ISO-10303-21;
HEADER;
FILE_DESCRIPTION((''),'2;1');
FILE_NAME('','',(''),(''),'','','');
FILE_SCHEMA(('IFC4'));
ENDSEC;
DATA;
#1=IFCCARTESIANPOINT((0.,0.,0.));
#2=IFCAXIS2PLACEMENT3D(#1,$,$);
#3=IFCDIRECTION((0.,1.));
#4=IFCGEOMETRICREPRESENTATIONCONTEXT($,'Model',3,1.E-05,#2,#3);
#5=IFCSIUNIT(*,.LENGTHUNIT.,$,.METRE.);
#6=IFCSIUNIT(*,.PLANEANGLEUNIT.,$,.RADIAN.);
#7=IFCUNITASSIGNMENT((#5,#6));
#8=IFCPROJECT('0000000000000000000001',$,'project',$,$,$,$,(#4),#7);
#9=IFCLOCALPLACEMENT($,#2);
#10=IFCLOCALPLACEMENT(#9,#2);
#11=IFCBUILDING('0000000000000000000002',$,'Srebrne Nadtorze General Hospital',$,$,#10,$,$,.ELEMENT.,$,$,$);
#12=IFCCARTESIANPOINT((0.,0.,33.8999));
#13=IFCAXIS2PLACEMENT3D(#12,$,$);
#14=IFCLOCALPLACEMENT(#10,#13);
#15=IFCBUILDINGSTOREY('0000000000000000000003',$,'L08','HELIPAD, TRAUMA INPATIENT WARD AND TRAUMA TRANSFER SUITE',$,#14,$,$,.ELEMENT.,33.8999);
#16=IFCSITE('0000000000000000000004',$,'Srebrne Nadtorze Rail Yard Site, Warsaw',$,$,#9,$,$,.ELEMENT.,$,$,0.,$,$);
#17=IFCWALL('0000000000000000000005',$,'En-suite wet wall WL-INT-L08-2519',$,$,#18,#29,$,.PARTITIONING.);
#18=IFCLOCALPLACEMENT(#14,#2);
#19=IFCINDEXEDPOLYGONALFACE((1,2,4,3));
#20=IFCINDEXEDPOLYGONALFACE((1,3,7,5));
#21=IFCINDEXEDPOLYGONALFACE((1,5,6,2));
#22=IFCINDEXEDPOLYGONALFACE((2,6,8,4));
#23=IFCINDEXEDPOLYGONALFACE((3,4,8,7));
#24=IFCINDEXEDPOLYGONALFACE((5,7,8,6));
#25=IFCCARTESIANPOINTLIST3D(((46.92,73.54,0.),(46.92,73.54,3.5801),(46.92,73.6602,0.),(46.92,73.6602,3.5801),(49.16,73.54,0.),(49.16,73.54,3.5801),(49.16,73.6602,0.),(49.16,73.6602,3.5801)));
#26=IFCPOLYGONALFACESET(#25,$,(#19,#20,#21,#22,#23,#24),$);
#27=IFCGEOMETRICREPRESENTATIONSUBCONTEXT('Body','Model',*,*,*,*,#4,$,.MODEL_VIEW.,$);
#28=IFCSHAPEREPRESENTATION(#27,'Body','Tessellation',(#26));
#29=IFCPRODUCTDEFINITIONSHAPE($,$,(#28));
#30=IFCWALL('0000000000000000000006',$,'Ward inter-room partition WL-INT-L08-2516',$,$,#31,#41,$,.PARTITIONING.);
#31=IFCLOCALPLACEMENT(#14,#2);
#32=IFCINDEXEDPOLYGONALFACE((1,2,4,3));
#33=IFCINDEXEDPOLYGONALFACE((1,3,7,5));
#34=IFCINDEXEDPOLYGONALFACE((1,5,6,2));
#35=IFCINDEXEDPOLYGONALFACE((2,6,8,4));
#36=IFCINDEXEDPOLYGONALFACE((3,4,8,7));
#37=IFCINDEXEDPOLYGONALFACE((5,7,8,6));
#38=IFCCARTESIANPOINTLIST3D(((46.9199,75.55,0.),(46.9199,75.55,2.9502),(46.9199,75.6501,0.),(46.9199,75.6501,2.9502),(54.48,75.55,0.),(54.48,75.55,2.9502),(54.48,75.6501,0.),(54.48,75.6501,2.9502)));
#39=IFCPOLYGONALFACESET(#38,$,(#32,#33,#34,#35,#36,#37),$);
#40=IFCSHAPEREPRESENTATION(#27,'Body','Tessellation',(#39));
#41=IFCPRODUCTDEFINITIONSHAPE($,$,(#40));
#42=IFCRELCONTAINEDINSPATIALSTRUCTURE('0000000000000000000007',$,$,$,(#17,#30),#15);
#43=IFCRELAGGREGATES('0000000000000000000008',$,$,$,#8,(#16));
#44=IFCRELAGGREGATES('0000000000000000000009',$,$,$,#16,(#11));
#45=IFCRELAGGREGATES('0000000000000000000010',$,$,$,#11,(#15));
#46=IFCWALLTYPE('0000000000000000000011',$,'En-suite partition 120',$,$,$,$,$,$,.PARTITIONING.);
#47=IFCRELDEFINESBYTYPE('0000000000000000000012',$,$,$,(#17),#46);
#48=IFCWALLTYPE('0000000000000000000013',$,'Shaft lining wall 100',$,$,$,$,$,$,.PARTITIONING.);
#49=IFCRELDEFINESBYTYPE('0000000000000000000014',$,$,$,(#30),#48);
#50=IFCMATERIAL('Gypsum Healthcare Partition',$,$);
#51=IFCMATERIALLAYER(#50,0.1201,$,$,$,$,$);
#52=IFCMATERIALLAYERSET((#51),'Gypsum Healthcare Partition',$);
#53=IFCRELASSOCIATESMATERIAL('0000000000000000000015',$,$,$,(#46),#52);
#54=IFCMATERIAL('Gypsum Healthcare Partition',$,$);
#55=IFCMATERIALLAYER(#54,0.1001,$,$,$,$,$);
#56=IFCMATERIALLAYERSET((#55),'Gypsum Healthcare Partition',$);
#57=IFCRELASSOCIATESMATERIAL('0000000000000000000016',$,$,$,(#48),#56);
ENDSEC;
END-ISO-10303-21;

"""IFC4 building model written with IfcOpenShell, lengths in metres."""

from ifc_helpers import new_model, si_unit, direction, frame, frame_2d, origin, place, context, subcontext, project, spatial, rectangle, extrude, material, layer, layer_set, type_object, element, save


model = new_model("IFC4")

# Units and contexts
model_context = context("Model", 3, precision=1e-05, world=origin(), true_north=direction((0.0, 1.0)))
body_context = subcontext(model_context, "Body", "Model", "MODEL_VIEW")
ifc_project = project(units=[si_unit("LENGTHUNIT", "METRE"), si_unit("PLANEANGLEUNIT", "RADIAN")], contexts=[model_context])

# Site, building, storey
site_placement = place(None, origin())
site = spatial("IfcSite", under=ifc_project, at=site_placement, Name="Srebrne Nadtorze Rail Yard Site, Warsaw", CompositionType="ELEMENT", RefElevation=0.0)
building_placement = place(site_placement, origin())
building = spatial("IfcBuilding", under=site, at=building_placement, Name="Srebrne Nadtorze General Hospital", CompositionType="ELEMENT")
storey_placement = place(building_placement, frame((0.0, 0.0, 33.8999)))
storey = spatial("IfcBuildingStorey", under=building, at=storey_placement, Name="L08", Description="HELIPAD, TRAUMA INPATIENT WARD AND TRAUMA TRANSFER SUITE", CompositionType="ELEMENT", Elevation=33.8999)

# Walls
ifc_material_1 = material(Name="Gypsum Healthcare Partition")
ifc_layer_1 = layer(ifc_material_1, 0.1201)
ifc_layer_set_1 = layer_set([ifc_layer_1], Name="Gypsum Healthcare Partition")
wall_type_1 = type_object("IfcWallType", Name="En-suite partition 120", PredefinedType="PARTITIONING", material=ifc_layer_set_1)
wall_1_placement = place(storey_placement, frame((46.9199, 73.6001, 0.0), z_axis=(0.0, 0.0, 1.0), x_axis=(1.0, 0.0, 0.0)))
element("IfcWall", 1, at=wall_1_placement, inside=storey, type_object=wall_type_1, Name="En-suite wet wall WL-INT-L08-2519", PredefinedType="PARTITIONING", context=body_context, shape_type="SweptSolid", body=[
    extrude(rectangle(XDim=2.24, YDim=0.1201, at=frame_2d((1.1201, 0.0))), origin(), (0.0, 0.0, 1.0), 3.5801),
])
ifc_material_2 = material(Name="Gypsum Healthcare Partition")
ifc_layer_2 = layer(ifc_material_2, 0.1001)
ifc_layer_set_2 = layer_set([ifc_layer_2], Name="Gypsum Healthcare Partition")
wall_type_2 = type_object("IfcWallType", Name="Shaft lining wall 100", PredefinedType="PARTITIONING", material=ifc_layer_set_2)
wall_2_placement = place(storey_placement, frame((46.9199, 75.6001, 0.0), z_axis=(0.0, 0.0, 1.0), x_axis=(1.0, 0.0, 0.0)))
element("IfcWall", 2, at=wall_2_placement, inside=storey, type_object=wall_type_2, Name="Ward inter-room partition WL-INT-L08-2516", PredefinedType="PARTITIONING", context=body_context, shape_type="SweptSolid", body=[
    extrude(rectangle(XDim=7.5601, YDim=0.1001, at=frame_2d((3.78, 0.0))), origin(), (0.0, 0.0, 1.0), 2.9502),
])

save(model, "model.ifc")
